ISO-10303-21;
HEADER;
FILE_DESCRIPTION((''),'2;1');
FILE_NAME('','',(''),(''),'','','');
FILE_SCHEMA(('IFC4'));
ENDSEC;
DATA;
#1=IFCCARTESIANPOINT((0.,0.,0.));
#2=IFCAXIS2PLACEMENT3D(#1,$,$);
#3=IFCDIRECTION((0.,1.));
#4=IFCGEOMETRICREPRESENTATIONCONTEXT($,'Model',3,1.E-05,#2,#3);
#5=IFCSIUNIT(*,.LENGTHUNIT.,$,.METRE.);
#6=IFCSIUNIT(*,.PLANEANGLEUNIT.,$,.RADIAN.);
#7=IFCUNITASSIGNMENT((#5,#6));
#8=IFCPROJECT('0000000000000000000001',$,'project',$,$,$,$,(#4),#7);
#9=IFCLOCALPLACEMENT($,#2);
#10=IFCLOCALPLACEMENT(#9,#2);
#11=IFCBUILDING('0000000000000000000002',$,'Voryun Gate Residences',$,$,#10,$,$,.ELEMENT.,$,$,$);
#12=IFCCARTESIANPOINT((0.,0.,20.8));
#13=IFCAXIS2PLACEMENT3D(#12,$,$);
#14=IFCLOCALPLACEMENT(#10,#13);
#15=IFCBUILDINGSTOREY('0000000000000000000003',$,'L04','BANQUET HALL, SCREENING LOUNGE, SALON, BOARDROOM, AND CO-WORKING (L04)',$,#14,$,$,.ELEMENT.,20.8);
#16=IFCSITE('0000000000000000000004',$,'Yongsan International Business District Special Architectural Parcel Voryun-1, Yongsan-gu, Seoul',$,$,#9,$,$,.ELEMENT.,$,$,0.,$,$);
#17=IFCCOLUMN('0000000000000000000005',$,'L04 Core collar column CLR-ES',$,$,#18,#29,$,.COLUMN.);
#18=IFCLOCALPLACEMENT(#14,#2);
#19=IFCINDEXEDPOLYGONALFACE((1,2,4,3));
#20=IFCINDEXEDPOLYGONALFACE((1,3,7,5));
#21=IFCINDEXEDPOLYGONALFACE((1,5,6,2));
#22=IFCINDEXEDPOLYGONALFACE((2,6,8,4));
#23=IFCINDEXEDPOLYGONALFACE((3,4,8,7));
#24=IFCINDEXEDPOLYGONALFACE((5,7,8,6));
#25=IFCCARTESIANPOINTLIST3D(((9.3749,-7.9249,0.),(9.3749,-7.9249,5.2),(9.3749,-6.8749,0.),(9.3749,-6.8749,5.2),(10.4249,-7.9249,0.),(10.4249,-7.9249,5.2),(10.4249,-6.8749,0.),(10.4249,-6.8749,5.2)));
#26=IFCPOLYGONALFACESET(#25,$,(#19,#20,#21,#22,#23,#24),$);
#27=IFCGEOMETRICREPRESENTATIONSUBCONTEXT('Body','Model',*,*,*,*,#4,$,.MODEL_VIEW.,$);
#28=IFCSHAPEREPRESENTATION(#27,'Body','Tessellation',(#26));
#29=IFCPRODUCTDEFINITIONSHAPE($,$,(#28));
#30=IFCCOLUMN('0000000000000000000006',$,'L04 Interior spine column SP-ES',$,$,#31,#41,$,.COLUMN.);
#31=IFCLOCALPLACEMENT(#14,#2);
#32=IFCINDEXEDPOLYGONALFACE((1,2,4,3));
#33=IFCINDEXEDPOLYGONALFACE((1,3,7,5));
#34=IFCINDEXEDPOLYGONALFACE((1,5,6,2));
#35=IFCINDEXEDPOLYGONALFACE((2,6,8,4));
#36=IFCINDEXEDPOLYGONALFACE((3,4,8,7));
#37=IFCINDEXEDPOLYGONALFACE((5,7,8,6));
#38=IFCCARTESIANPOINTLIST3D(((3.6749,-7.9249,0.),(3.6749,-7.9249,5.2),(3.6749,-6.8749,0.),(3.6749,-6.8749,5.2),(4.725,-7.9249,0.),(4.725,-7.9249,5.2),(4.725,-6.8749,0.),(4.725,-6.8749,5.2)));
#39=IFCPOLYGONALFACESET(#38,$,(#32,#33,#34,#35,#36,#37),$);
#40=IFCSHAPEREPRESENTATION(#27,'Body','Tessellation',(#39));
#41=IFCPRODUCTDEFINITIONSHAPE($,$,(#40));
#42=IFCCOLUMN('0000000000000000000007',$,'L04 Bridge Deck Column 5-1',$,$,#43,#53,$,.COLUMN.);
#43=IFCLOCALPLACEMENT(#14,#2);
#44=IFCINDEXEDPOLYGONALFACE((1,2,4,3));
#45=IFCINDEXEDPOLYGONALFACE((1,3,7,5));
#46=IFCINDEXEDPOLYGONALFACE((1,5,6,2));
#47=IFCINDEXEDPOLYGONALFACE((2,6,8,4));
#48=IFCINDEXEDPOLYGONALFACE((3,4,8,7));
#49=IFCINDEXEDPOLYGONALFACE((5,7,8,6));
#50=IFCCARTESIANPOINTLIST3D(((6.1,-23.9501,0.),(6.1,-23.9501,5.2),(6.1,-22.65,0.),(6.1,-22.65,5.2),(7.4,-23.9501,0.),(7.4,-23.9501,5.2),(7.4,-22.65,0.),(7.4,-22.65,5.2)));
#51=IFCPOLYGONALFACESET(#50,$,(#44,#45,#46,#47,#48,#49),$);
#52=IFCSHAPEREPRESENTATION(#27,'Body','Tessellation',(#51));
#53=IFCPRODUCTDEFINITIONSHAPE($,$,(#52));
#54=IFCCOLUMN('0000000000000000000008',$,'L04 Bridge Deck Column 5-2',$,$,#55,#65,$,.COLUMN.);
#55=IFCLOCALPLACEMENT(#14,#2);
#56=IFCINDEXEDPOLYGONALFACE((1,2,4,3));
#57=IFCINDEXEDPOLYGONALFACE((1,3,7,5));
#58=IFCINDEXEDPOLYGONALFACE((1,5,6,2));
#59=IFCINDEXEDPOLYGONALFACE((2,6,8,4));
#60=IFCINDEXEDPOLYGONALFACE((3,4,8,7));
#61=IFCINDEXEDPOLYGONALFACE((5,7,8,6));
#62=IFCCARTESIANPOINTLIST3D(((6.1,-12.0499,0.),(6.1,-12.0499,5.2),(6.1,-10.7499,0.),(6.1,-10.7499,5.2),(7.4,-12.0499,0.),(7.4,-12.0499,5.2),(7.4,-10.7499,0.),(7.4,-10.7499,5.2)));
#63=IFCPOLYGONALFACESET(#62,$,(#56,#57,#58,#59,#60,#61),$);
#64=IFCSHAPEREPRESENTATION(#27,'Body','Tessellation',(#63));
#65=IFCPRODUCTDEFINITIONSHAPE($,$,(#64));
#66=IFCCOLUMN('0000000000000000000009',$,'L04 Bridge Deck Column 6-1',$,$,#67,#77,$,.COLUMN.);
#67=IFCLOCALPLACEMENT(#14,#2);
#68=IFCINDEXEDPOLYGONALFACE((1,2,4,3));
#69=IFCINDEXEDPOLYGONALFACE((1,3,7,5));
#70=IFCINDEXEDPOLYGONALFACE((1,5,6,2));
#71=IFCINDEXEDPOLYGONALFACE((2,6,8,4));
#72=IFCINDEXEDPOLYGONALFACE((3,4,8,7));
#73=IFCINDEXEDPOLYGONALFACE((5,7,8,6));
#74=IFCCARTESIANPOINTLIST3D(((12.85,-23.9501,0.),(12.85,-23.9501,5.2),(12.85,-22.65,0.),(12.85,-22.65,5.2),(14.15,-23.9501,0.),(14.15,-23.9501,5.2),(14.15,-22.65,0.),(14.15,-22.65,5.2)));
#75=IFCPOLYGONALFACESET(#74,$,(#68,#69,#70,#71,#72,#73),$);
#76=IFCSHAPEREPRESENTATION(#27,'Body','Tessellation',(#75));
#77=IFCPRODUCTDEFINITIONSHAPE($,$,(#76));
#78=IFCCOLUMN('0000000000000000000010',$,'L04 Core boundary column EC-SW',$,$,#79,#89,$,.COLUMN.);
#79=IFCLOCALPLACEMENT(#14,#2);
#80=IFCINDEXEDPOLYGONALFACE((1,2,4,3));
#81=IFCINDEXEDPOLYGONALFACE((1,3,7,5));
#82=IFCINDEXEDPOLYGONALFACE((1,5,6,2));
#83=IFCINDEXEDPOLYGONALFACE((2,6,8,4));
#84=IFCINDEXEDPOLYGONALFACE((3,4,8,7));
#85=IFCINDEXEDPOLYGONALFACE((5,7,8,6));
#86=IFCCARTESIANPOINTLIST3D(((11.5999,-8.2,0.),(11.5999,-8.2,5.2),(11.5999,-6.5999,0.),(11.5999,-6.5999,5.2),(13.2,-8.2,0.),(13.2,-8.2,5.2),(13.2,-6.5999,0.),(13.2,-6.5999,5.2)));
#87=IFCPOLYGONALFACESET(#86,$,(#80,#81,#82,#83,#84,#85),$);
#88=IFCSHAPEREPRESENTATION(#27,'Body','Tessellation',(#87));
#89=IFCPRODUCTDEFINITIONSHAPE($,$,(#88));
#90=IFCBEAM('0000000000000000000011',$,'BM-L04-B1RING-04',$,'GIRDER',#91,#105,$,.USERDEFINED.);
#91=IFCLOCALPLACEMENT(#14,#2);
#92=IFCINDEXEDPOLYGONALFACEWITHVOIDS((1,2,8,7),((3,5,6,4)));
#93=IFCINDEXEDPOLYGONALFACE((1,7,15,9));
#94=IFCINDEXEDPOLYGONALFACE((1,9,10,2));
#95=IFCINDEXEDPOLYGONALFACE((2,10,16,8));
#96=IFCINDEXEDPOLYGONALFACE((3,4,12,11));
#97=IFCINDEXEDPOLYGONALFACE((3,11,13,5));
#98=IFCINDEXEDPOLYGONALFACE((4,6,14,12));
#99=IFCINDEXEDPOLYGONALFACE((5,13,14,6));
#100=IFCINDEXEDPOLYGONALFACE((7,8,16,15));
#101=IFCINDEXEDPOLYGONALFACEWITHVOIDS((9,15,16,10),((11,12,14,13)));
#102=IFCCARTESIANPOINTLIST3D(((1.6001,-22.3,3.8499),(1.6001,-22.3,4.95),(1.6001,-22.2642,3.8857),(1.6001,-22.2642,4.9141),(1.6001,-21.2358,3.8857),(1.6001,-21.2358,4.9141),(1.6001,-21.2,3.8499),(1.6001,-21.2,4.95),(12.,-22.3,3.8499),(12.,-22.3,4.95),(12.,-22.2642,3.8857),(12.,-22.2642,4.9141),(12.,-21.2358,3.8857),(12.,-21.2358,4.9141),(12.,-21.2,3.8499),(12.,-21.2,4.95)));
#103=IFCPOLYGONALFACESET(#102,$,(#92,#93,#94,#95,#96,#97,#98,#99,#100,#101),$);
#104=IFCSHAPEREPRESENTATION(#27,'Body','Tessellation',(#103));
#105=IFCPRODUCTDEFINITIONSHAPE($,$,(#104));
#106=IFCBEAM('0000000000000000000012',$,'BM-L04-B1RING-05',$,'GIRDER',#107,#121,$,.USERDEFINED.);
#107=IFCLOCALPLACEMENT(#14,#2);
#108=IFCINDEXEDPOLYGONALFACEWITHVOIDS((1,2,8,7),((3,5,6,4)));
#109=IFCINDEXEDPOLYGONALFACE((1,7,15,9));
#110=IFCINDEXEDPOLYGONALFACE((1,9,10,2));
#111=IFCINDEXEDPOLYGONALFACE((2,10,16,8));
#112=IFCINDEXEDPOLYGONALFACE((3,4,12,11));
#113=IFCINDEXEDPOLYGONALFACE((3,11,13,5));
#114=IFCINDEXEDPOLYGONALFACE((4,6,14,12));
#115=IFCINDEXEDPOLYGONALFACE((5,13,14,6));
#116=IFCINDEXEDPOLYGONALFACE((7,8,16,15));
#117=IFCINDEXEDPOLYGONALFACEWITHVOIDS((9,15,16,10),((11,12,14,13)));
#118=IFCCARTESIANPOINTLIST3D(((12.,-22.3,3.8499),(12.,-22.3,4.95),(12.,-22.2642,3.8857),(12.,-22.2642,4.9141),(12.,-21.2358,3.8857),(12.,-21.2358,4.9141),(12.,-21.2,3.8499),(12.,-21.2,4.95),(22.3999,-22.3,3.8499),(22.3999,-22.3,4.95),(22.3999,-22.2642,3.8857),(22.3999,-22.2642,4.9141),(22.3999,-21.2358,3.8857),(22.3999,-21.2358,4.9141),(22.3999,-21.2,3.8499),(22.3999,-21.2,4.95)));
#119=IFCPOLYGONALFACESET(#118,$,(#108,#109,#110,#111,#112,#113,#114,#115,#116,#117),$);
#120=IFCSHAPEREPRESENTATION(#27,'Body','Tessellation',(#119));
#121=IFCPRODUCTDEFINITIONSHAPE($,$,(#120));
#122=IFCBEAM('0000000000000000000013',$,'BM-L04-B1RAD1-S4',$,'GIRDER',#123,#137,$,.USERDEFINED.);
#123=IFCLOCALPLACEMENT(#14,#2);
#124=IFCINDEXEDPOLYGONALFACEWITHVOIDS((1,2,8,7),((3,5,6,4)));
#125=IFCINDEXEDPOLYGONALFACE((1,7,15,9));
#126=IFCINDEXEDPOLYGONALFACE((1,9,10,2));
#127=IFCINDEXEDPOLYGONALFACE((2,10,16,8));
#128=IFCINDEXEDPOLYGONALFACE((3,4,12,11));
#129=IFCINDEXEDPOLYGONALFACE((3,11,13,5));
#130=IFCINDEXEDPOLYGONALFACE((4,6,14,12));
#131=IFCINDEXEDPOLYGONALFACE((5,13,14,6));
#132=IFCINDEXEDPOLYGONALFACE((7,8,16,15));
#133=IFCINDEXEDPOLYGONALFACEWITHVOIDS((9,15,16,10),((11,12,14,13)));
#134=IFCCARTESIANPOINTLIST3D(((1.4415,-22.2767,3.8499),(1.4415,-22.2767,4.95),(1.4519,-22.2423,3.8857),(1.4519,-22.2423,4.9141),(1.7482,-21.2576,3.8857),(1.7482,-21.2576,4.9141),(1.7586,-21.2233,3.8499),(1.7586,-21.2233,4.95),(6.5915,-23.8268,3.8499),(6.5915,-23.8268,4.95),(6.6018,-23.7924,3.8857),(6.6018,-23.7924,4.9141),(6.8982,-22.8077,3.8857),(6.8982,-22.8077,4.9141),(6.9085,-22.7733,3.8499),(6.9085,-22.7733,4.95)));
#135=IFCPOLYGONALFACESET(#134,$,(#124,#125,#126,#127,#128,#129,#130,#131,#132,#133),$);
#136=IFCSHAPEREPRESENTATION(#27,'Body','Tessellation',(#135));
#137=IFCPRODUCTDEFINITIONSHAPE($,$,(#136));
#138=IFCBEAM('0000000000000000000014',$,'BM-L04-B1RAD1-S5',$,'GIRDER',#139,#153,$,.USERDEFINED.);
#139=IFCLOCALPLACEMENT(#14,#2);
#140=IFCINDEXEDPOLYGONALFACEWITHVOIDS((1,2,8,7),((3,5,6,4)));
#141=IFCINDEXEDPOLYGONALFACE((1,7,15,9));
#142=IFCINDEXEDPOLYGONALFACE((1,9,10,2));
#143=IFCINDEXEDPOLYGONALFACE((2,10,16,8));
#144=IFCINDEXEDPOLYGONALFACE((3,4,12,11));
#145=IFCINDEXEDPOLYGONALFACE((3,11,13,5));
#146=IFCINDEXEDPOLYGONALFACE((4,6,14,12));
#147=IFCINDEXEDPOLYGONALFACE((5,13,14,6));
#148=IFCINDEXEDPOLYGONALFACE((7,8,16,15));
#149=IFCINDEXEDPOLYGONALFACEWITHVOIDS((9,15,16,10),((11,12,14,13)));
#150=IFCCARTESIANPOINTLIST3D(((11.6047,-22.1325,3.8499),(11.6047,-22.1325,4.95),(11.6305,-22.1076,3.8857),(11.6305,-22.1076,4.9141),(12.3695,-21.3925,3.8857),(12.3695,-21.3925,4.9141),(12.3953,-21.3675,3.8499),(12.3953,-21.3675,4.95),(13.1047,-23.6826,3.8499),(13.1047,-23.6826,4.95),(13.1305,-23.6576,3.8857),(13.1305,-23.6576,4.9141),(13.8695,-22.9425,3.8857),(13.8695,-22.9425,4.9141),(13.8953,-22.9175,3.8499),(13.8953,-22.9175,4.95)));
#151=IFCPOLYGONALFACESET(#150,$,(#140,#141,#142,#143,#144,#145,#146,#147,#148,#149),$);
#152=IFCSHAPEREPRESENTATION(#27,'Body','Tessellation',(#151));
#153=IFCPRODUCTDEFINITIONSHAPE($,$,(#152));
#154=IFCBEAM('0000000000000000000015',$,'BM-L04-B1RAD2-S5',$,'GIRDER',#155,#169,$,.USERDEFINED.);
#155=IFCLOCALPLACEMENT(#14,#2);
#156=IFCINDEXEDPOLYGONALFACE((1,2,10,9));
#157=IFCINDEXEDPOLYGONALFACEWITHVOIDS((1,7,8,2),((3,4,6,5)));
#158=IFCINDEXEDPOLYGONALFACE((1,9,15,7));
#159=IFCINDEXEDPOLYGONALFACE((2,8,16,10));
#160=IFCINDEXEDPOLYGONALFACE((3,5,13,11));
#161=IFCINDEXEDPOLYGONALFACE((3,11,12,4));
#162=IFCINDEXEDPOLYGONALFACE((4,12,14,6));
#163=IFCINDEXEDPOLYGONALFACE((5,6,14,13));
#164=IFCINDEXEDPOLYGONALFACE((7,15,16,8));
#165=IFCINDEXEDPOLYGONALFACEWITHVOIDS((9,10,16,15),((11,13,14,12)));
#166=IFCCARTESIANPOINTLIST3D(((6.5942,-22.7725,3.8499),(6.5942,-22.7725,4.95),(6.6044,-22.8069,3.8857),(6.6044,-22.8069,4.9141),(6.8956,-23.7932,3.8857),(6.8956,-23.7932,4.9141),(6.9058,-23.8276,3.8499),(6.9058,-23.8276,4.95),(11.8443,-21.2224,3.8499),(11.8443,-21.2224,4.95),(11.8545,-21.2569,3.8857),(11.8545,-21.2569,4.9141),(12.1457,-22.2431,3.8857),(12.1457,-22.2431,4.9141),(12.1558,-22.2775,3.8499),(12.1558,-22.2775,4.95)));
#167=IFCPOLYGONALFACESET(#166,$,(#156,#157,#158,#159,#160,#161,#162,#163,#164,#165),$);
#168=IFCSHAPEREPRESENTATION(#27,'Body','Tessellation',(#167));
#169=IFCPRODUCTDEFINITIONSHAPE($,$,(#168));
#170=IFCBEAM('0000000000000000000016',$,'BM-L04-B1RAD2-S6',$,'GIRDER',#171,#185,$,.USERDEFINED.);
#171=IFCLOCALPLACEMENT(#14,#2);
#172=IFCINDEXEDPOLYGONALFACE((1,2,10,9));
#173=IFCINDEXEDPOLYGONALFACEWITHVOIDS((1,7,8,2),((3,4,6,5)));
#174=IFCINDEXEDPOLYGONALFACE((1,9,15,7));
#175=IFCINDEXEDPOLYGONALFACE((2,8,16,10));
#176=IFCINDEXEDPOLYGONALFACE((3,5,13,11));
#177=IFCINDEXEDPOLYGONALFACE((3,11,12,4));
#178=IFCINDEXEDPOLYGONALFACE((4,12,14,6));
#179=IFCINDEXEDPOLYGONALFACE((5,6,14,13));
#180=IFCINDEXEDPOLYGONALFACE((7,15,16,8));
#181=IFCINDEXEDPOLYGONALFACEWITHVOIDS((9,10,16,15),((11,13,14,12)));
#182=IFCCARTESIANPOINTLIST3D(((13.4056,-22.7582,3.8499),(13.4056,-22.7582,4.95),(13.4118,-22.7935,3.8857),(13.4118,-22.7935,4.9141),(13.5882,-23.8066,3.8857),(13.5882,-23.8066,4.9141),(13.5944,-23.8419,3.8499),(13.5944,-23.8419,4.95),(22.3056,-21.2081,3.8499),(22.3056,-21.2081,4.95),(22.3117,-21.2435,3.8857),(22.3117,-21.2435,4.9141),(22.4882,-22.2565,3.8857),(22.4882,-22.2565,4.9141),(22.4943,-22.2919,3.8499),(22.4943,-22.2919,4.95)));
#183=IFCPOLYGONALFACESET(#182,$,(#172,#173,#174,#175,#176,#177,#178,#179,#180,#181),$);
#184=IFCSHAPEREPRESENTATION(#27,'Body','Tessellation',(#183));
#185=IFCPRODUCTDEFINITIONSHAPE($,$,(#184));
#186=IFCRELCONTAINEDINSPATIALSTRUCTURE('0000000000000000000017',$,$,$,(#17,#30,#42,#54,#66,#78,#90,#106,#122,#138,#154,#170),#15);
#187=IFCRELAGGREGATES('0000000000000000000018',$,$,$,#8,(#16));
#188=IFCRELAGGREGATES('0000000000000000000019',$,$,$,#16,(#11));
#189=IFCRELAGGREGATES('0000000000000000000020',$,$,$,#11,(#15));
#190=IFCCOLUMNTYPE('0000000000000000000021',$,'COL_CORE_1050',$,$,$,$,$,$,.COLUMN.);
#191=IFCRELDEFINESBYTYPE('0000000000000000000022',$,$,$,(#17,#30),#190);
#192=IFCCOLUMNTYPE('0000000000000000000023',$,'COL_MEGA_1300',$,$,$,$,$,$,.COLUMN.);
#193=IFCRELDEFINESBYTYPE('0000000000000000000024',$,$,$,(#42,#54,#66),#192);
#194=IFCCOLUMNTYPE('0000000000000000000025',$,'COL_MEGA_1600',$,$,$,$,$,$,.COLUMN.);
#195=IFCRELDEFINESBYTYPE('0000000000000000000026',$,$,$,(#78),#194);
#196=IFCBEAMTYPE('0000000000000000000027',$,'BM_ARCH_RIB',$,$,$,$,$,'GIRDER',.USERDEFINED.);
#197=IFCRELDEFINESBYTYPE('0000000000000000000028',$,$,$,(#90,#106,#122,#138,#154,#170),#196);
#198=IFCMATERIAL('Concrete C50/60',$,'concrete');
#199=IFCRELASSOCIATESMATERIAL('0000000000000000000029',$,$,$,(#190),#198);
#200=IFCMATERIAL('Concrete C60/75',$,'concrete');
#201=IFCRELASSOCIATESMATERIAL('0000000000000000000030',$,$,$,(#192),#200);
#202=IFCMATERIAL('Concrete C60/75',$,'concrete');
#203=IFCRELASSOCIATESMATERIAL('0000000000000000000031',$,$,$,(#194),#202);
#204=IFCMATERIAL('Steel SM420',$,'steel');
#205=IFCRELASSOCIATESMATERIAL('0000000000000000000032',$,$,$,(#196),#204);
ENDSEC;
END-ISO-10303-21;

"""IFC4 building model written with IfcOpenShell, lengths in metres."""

from ifc_helpers import new_model, si_unit, direction, frame, origin, origin_2d, place, context, subcontext, project, spatial, rectangle, hollow_rectangle, extrude, material, material_profile, profile_set, type_object, element, save


model = new_model("IFC4")

# Units and contexts
model_context = context("Model", 3, precision=1e-05, world=origin(), true_north=direction((0.0, 1.0)))
body_context = subcontext(model_context, "Body", "Model", "MODEL_VIEW")
ifc_project = project(units=[si_unit("LENGTHUNIT", "METRE"), si_unit("PLANEANGLEUNIT", "RADIAN")], contexts=[model_context])

# Site, building, storey
site_placement = place(None, origin())
site = spatial("IfcSite", under=ifc_project, at=site_placement, Name="Yongsan International Business District Special Architectural Parcel Voryun-1, Yongsan-gu, Seoul", CompositionType="ELEMENT", RefElevation=0.0)
building_placement = place(site_placement, origin())
building = spatial("IfcBuilding", under=site, at=building_placement, Name="Voryun Gate Residences", CompositionType="ELEMENT")
storey_placement = place(building_placement, frame((0.0, 0.0, 20.8)))
storey = spatial("IfcBuildingStorey", under=building, at=storey_placement, Name="L04", Description="BANQUET HALL, SCREENING LOUNGE, SALON, BOARDROOM, AND CO-WORKING (L04)", CompositionType="ELEMENT", Elevation=20.8)

# Columns
ifc_material_1 = material(Name="Concrete C50/60", Category="concrete")
ifc_material_profile_1 = material_profile(ifc_material_1, rectangle(XDim=1.05, YDim=1.05, at=origin_2d()), Name="RC-1050x1050")
ifc_profile_set_1 = profile_set([ifc_material_profile_1], Name="Concrete C50/60")
column_type_1 = type_object("IfcColumnType", Name="COL_CORE_1050", PredefinedType="COLUMN", material=ifc_profile_set_1)
for number, where, z_axis, x_axis, name in (
    (1, (9.8999, -7.3999, 0.0), (0.0, 0.0, 1.0), (1.0, 0.0, 0.0), "L04 Core collar column CLR-ES"),
    (2, (4.2, -7.3999, 0.0), (0.0, 0.0, 1.0), (1.0, 0.0, 0.0), "L04 Interior spine column SP-ES"),
):
    element("IfcColumn", number, at=place(storey_placement, frame(where, z_axis=z_axis, x_axis=x_axis)), inside=storey, type_object=column_type_1, Name=name, PredefinedType="COLUMN", context=body_context, shape_type="SweptSolid", body=[
        extrude(rectangle(XDim=1.05, YDim=1.05, at=origin_2d()), origin(), (0.0, 0.0, 1.0), 5.2),
    ])
ifc_material_2 = material(Name="Concrete C60/75", Category="concrete")
ifc_material_profile_2 = material_profile(ifc_material_2, rectangle(XDim=1.3, YDim=1.3, at=origin_2d()), Name="RC-1300x1300")
ifc_profile_set_2 = profile_set([ifc_material_profile_2], Name="Concrete C60/75")
column_type_2 = type_object("IfcColumnType", Name="COL_MEGA_1300", PredefinedType="COLUMN", material=ifc_profile_set_2)
for number, where, z_axis, x_axis, name in (
    (3, (6.75, -23.3, 0.0), (0.0, 0.0, 1.0), (1.0, 0.0, 0.0), "L04 Bridge Deck Column 5-1"),
    (4, (6.75, -11.3999, 0.0), (0.0, 0.0, 1.0), (1.0, 0.0, 0.0), "L04 Bridge Deck Column 5-2"),
    (5, (13.5, -23.3, 0.0), (0.0, 0.0, 1.0), (1.0, 0.0, 0.0), "L04 Bridge Deck Column 6-1"),
):
    element("IfcColumn", number, at=place(storey_placement, frame(where, z_axis=z_axis, x_axis=x_axis)), inside=storey, type_object=column_type_2, Name=name, PredefinedType="COLUMN", context=body_context, shape_type="SweptSolid", body=[
        extrude(rectangle(XDim=1.3, YDim=1.3, at=origin_2d()), origin(), (0.0, 0.0, 1.0), 5.2),
    ])
ifc_material_3 = material(Name="Concrete C60/75", Category="concrete")
ifc_material_profile_3 = material_profile(ifc_material_3, rectangle(XDim=1.6001, YDim=1.6001, at=origin_2d()), Name="RC-1600x1600")
ifc_profile_set_3 = profile_set([ifc_material_profile_3], Name="Concrete C60/75")
column_type_3 = type_object("IfcColumnType", Name="COL_MEGA_1600", PredefinedType="COLUMN", material=ifc_profile_set_3)
column_placement = place(storey_placement, frame((12.3999, -7.3999, 0.0), z_axis=(0.0, 0.0, 1.0), x_axis=(1.0, 0.0, 0.0)))
element("IfcColumn", 6, at=column_placement, inside=storey, type_object=column_type_3, Name="L04 Core boundary column EC-SW", PredefinedType="COLUMN", context=body_context, shape_type="SweptSolid", body=[
    extrude(rectangle(XDim=1.6001, YDim=1.6001, at=origin_2d()), origin(), (0.0, 0.0, 1.0), 5.2),
])

# Beams
ifc_material_4 = material(Name="Steel SM420", Category="steel")
ifc_material_profile_4 = material_profile(ifc_material_4, hollow_rectangle(XDim=1.1001, YDim=1.1001, WallThickness=0.0359, at=origin_2d()), Name="BOX-1100x1100x36")
ifc_profile_set_4 = profile_set([ifc_material_profile_4], Name="Steel SM420")
beam_type_1 = type_object("IfcBeamType", Name="BM_ARCH_RIB", ElementType="GIRDER", PredefinedType="USERDEFINED", material=ifc_profile_set_4)
for number, where, z_axis, x_axis, name in (
    (7, (1.6001, -21.75, 4.3999), (1.0, 0.0, 0.0), (0.0, 1.0, 0.0), "BM-L04-B1RING-04"),
    (8, (12.0, -21.75, 4.3999), (1.0, 0.0, 0.0), (0.0, 1.0, 0.0), "BM-L04-B1RING-05"),
):
    element("IfcBeam", number, at=place(storey_placement, frame(where, z_axis=z_axis, x_axis=x_axis)), inside=storey, type_object=beam_type_1, Name=name, ObjectType="GIRDER", PredefinedType="USERDEFINED", context=body_context, shape_type="SweptSolid", body=[
        extrude(hollow_rectangle(XDim=1.1001, YDim=1.1001, WallThickness=0.0359, at=origin_2d()), origin(), (0.0, 0.0, 1.0), 10.3999),
    ])
beam_1_placement = place(storey_placement, frame((6.75, -23.3, 4.3999), z_axis=(-0.957566, 0.288214, 0.0), x_axis=(-0.288214, -0.957566, 0.0)))
element("IfcBeam", 9, at=beam_1_placement, inside=storey, type_object=beam_type_1, Name="BM-L04-B1RAD1-S4", ObjectType="GIRDER", PredefinedType="USERDEFINED", context=body_context, shape_type="SweptSolid", body=[
    extrude(hollow_rectangle(XDim=1.1001, YDim=1.1001, WallThickness=0.0359, at=origin_2d()), origin(), (0.0, 0.0, 1.0), 5.3782),
])
beam_2_placement = place(storey_placement, frame((13.5, -23.3, 4.3999), z_axis=(-0.69541, 0.718613, 0.0), x_axis=(-0.718613, -0.69541, 0.0)))
element("IfcBeam", 10, at=beam_2_placement, inside=storey, type_object=beam_type_1, Name="BM-L04-B1RAD1-S5", ObjectType="GIRDER", PredefinedType="USERDEFINED", context=body_context, shape_type="SweptSolid", body=[
    extrude(hollow_rectangle(XDim=1.1001, YDim=1.1001, WallThickness=0.0359, at=origin_2d()), origin(), (0.0, 0.0, 1.0), 2.157),
])
beam_3_placement = place(storey_placement, frame((6.75, -23.3, 4.3999), z_axis=(0.959072, 0.283163, 0.0), x_axis=(-0.283163, 0.959072, 0.0)))
element("IfcBeam", 11, at=beam_3_placement, inside=storey, type_object=beam_type_1, Name="BM-L04-B1RAD2-S5", ObjectType="GIRDER", PredefinedType="USERDEFINED", context=body_context, shape_type="SweptSolid", body=[
    extrude(hollow_rectangle(XDim=1.1001, YDim=1.1001, WallThickness=0.0359, at=origin_2d()), origin(), (0.0, 0.0, 1.0), 5.4741),
])
beam_4_placement = place(storey_placement, frame((13.5, -23.3, 4.3999), z_axis=(0.98517, 0.171582, 0.0), x_axis=(-0.171582, 0.98517, 0.0)))
element("IfcBeam", 12, at=beam_4_placement, inside=storey, type_object=beam_type_1, Name="BM-L04-B1RAD2-S6", ObjectType="GIRDER", PredefinedType="USERDEFINED", context=body_context, shape_type="SweptSolid", body=[
    extrude(hollow_rectangle(XDim=1.1001, YDim=1.1001, WallThickness=0.0359, at=origin_2d()), origin(), (0.0, 0.0, 1.0), 9.0339),
])

save(model, "model.ifc")
